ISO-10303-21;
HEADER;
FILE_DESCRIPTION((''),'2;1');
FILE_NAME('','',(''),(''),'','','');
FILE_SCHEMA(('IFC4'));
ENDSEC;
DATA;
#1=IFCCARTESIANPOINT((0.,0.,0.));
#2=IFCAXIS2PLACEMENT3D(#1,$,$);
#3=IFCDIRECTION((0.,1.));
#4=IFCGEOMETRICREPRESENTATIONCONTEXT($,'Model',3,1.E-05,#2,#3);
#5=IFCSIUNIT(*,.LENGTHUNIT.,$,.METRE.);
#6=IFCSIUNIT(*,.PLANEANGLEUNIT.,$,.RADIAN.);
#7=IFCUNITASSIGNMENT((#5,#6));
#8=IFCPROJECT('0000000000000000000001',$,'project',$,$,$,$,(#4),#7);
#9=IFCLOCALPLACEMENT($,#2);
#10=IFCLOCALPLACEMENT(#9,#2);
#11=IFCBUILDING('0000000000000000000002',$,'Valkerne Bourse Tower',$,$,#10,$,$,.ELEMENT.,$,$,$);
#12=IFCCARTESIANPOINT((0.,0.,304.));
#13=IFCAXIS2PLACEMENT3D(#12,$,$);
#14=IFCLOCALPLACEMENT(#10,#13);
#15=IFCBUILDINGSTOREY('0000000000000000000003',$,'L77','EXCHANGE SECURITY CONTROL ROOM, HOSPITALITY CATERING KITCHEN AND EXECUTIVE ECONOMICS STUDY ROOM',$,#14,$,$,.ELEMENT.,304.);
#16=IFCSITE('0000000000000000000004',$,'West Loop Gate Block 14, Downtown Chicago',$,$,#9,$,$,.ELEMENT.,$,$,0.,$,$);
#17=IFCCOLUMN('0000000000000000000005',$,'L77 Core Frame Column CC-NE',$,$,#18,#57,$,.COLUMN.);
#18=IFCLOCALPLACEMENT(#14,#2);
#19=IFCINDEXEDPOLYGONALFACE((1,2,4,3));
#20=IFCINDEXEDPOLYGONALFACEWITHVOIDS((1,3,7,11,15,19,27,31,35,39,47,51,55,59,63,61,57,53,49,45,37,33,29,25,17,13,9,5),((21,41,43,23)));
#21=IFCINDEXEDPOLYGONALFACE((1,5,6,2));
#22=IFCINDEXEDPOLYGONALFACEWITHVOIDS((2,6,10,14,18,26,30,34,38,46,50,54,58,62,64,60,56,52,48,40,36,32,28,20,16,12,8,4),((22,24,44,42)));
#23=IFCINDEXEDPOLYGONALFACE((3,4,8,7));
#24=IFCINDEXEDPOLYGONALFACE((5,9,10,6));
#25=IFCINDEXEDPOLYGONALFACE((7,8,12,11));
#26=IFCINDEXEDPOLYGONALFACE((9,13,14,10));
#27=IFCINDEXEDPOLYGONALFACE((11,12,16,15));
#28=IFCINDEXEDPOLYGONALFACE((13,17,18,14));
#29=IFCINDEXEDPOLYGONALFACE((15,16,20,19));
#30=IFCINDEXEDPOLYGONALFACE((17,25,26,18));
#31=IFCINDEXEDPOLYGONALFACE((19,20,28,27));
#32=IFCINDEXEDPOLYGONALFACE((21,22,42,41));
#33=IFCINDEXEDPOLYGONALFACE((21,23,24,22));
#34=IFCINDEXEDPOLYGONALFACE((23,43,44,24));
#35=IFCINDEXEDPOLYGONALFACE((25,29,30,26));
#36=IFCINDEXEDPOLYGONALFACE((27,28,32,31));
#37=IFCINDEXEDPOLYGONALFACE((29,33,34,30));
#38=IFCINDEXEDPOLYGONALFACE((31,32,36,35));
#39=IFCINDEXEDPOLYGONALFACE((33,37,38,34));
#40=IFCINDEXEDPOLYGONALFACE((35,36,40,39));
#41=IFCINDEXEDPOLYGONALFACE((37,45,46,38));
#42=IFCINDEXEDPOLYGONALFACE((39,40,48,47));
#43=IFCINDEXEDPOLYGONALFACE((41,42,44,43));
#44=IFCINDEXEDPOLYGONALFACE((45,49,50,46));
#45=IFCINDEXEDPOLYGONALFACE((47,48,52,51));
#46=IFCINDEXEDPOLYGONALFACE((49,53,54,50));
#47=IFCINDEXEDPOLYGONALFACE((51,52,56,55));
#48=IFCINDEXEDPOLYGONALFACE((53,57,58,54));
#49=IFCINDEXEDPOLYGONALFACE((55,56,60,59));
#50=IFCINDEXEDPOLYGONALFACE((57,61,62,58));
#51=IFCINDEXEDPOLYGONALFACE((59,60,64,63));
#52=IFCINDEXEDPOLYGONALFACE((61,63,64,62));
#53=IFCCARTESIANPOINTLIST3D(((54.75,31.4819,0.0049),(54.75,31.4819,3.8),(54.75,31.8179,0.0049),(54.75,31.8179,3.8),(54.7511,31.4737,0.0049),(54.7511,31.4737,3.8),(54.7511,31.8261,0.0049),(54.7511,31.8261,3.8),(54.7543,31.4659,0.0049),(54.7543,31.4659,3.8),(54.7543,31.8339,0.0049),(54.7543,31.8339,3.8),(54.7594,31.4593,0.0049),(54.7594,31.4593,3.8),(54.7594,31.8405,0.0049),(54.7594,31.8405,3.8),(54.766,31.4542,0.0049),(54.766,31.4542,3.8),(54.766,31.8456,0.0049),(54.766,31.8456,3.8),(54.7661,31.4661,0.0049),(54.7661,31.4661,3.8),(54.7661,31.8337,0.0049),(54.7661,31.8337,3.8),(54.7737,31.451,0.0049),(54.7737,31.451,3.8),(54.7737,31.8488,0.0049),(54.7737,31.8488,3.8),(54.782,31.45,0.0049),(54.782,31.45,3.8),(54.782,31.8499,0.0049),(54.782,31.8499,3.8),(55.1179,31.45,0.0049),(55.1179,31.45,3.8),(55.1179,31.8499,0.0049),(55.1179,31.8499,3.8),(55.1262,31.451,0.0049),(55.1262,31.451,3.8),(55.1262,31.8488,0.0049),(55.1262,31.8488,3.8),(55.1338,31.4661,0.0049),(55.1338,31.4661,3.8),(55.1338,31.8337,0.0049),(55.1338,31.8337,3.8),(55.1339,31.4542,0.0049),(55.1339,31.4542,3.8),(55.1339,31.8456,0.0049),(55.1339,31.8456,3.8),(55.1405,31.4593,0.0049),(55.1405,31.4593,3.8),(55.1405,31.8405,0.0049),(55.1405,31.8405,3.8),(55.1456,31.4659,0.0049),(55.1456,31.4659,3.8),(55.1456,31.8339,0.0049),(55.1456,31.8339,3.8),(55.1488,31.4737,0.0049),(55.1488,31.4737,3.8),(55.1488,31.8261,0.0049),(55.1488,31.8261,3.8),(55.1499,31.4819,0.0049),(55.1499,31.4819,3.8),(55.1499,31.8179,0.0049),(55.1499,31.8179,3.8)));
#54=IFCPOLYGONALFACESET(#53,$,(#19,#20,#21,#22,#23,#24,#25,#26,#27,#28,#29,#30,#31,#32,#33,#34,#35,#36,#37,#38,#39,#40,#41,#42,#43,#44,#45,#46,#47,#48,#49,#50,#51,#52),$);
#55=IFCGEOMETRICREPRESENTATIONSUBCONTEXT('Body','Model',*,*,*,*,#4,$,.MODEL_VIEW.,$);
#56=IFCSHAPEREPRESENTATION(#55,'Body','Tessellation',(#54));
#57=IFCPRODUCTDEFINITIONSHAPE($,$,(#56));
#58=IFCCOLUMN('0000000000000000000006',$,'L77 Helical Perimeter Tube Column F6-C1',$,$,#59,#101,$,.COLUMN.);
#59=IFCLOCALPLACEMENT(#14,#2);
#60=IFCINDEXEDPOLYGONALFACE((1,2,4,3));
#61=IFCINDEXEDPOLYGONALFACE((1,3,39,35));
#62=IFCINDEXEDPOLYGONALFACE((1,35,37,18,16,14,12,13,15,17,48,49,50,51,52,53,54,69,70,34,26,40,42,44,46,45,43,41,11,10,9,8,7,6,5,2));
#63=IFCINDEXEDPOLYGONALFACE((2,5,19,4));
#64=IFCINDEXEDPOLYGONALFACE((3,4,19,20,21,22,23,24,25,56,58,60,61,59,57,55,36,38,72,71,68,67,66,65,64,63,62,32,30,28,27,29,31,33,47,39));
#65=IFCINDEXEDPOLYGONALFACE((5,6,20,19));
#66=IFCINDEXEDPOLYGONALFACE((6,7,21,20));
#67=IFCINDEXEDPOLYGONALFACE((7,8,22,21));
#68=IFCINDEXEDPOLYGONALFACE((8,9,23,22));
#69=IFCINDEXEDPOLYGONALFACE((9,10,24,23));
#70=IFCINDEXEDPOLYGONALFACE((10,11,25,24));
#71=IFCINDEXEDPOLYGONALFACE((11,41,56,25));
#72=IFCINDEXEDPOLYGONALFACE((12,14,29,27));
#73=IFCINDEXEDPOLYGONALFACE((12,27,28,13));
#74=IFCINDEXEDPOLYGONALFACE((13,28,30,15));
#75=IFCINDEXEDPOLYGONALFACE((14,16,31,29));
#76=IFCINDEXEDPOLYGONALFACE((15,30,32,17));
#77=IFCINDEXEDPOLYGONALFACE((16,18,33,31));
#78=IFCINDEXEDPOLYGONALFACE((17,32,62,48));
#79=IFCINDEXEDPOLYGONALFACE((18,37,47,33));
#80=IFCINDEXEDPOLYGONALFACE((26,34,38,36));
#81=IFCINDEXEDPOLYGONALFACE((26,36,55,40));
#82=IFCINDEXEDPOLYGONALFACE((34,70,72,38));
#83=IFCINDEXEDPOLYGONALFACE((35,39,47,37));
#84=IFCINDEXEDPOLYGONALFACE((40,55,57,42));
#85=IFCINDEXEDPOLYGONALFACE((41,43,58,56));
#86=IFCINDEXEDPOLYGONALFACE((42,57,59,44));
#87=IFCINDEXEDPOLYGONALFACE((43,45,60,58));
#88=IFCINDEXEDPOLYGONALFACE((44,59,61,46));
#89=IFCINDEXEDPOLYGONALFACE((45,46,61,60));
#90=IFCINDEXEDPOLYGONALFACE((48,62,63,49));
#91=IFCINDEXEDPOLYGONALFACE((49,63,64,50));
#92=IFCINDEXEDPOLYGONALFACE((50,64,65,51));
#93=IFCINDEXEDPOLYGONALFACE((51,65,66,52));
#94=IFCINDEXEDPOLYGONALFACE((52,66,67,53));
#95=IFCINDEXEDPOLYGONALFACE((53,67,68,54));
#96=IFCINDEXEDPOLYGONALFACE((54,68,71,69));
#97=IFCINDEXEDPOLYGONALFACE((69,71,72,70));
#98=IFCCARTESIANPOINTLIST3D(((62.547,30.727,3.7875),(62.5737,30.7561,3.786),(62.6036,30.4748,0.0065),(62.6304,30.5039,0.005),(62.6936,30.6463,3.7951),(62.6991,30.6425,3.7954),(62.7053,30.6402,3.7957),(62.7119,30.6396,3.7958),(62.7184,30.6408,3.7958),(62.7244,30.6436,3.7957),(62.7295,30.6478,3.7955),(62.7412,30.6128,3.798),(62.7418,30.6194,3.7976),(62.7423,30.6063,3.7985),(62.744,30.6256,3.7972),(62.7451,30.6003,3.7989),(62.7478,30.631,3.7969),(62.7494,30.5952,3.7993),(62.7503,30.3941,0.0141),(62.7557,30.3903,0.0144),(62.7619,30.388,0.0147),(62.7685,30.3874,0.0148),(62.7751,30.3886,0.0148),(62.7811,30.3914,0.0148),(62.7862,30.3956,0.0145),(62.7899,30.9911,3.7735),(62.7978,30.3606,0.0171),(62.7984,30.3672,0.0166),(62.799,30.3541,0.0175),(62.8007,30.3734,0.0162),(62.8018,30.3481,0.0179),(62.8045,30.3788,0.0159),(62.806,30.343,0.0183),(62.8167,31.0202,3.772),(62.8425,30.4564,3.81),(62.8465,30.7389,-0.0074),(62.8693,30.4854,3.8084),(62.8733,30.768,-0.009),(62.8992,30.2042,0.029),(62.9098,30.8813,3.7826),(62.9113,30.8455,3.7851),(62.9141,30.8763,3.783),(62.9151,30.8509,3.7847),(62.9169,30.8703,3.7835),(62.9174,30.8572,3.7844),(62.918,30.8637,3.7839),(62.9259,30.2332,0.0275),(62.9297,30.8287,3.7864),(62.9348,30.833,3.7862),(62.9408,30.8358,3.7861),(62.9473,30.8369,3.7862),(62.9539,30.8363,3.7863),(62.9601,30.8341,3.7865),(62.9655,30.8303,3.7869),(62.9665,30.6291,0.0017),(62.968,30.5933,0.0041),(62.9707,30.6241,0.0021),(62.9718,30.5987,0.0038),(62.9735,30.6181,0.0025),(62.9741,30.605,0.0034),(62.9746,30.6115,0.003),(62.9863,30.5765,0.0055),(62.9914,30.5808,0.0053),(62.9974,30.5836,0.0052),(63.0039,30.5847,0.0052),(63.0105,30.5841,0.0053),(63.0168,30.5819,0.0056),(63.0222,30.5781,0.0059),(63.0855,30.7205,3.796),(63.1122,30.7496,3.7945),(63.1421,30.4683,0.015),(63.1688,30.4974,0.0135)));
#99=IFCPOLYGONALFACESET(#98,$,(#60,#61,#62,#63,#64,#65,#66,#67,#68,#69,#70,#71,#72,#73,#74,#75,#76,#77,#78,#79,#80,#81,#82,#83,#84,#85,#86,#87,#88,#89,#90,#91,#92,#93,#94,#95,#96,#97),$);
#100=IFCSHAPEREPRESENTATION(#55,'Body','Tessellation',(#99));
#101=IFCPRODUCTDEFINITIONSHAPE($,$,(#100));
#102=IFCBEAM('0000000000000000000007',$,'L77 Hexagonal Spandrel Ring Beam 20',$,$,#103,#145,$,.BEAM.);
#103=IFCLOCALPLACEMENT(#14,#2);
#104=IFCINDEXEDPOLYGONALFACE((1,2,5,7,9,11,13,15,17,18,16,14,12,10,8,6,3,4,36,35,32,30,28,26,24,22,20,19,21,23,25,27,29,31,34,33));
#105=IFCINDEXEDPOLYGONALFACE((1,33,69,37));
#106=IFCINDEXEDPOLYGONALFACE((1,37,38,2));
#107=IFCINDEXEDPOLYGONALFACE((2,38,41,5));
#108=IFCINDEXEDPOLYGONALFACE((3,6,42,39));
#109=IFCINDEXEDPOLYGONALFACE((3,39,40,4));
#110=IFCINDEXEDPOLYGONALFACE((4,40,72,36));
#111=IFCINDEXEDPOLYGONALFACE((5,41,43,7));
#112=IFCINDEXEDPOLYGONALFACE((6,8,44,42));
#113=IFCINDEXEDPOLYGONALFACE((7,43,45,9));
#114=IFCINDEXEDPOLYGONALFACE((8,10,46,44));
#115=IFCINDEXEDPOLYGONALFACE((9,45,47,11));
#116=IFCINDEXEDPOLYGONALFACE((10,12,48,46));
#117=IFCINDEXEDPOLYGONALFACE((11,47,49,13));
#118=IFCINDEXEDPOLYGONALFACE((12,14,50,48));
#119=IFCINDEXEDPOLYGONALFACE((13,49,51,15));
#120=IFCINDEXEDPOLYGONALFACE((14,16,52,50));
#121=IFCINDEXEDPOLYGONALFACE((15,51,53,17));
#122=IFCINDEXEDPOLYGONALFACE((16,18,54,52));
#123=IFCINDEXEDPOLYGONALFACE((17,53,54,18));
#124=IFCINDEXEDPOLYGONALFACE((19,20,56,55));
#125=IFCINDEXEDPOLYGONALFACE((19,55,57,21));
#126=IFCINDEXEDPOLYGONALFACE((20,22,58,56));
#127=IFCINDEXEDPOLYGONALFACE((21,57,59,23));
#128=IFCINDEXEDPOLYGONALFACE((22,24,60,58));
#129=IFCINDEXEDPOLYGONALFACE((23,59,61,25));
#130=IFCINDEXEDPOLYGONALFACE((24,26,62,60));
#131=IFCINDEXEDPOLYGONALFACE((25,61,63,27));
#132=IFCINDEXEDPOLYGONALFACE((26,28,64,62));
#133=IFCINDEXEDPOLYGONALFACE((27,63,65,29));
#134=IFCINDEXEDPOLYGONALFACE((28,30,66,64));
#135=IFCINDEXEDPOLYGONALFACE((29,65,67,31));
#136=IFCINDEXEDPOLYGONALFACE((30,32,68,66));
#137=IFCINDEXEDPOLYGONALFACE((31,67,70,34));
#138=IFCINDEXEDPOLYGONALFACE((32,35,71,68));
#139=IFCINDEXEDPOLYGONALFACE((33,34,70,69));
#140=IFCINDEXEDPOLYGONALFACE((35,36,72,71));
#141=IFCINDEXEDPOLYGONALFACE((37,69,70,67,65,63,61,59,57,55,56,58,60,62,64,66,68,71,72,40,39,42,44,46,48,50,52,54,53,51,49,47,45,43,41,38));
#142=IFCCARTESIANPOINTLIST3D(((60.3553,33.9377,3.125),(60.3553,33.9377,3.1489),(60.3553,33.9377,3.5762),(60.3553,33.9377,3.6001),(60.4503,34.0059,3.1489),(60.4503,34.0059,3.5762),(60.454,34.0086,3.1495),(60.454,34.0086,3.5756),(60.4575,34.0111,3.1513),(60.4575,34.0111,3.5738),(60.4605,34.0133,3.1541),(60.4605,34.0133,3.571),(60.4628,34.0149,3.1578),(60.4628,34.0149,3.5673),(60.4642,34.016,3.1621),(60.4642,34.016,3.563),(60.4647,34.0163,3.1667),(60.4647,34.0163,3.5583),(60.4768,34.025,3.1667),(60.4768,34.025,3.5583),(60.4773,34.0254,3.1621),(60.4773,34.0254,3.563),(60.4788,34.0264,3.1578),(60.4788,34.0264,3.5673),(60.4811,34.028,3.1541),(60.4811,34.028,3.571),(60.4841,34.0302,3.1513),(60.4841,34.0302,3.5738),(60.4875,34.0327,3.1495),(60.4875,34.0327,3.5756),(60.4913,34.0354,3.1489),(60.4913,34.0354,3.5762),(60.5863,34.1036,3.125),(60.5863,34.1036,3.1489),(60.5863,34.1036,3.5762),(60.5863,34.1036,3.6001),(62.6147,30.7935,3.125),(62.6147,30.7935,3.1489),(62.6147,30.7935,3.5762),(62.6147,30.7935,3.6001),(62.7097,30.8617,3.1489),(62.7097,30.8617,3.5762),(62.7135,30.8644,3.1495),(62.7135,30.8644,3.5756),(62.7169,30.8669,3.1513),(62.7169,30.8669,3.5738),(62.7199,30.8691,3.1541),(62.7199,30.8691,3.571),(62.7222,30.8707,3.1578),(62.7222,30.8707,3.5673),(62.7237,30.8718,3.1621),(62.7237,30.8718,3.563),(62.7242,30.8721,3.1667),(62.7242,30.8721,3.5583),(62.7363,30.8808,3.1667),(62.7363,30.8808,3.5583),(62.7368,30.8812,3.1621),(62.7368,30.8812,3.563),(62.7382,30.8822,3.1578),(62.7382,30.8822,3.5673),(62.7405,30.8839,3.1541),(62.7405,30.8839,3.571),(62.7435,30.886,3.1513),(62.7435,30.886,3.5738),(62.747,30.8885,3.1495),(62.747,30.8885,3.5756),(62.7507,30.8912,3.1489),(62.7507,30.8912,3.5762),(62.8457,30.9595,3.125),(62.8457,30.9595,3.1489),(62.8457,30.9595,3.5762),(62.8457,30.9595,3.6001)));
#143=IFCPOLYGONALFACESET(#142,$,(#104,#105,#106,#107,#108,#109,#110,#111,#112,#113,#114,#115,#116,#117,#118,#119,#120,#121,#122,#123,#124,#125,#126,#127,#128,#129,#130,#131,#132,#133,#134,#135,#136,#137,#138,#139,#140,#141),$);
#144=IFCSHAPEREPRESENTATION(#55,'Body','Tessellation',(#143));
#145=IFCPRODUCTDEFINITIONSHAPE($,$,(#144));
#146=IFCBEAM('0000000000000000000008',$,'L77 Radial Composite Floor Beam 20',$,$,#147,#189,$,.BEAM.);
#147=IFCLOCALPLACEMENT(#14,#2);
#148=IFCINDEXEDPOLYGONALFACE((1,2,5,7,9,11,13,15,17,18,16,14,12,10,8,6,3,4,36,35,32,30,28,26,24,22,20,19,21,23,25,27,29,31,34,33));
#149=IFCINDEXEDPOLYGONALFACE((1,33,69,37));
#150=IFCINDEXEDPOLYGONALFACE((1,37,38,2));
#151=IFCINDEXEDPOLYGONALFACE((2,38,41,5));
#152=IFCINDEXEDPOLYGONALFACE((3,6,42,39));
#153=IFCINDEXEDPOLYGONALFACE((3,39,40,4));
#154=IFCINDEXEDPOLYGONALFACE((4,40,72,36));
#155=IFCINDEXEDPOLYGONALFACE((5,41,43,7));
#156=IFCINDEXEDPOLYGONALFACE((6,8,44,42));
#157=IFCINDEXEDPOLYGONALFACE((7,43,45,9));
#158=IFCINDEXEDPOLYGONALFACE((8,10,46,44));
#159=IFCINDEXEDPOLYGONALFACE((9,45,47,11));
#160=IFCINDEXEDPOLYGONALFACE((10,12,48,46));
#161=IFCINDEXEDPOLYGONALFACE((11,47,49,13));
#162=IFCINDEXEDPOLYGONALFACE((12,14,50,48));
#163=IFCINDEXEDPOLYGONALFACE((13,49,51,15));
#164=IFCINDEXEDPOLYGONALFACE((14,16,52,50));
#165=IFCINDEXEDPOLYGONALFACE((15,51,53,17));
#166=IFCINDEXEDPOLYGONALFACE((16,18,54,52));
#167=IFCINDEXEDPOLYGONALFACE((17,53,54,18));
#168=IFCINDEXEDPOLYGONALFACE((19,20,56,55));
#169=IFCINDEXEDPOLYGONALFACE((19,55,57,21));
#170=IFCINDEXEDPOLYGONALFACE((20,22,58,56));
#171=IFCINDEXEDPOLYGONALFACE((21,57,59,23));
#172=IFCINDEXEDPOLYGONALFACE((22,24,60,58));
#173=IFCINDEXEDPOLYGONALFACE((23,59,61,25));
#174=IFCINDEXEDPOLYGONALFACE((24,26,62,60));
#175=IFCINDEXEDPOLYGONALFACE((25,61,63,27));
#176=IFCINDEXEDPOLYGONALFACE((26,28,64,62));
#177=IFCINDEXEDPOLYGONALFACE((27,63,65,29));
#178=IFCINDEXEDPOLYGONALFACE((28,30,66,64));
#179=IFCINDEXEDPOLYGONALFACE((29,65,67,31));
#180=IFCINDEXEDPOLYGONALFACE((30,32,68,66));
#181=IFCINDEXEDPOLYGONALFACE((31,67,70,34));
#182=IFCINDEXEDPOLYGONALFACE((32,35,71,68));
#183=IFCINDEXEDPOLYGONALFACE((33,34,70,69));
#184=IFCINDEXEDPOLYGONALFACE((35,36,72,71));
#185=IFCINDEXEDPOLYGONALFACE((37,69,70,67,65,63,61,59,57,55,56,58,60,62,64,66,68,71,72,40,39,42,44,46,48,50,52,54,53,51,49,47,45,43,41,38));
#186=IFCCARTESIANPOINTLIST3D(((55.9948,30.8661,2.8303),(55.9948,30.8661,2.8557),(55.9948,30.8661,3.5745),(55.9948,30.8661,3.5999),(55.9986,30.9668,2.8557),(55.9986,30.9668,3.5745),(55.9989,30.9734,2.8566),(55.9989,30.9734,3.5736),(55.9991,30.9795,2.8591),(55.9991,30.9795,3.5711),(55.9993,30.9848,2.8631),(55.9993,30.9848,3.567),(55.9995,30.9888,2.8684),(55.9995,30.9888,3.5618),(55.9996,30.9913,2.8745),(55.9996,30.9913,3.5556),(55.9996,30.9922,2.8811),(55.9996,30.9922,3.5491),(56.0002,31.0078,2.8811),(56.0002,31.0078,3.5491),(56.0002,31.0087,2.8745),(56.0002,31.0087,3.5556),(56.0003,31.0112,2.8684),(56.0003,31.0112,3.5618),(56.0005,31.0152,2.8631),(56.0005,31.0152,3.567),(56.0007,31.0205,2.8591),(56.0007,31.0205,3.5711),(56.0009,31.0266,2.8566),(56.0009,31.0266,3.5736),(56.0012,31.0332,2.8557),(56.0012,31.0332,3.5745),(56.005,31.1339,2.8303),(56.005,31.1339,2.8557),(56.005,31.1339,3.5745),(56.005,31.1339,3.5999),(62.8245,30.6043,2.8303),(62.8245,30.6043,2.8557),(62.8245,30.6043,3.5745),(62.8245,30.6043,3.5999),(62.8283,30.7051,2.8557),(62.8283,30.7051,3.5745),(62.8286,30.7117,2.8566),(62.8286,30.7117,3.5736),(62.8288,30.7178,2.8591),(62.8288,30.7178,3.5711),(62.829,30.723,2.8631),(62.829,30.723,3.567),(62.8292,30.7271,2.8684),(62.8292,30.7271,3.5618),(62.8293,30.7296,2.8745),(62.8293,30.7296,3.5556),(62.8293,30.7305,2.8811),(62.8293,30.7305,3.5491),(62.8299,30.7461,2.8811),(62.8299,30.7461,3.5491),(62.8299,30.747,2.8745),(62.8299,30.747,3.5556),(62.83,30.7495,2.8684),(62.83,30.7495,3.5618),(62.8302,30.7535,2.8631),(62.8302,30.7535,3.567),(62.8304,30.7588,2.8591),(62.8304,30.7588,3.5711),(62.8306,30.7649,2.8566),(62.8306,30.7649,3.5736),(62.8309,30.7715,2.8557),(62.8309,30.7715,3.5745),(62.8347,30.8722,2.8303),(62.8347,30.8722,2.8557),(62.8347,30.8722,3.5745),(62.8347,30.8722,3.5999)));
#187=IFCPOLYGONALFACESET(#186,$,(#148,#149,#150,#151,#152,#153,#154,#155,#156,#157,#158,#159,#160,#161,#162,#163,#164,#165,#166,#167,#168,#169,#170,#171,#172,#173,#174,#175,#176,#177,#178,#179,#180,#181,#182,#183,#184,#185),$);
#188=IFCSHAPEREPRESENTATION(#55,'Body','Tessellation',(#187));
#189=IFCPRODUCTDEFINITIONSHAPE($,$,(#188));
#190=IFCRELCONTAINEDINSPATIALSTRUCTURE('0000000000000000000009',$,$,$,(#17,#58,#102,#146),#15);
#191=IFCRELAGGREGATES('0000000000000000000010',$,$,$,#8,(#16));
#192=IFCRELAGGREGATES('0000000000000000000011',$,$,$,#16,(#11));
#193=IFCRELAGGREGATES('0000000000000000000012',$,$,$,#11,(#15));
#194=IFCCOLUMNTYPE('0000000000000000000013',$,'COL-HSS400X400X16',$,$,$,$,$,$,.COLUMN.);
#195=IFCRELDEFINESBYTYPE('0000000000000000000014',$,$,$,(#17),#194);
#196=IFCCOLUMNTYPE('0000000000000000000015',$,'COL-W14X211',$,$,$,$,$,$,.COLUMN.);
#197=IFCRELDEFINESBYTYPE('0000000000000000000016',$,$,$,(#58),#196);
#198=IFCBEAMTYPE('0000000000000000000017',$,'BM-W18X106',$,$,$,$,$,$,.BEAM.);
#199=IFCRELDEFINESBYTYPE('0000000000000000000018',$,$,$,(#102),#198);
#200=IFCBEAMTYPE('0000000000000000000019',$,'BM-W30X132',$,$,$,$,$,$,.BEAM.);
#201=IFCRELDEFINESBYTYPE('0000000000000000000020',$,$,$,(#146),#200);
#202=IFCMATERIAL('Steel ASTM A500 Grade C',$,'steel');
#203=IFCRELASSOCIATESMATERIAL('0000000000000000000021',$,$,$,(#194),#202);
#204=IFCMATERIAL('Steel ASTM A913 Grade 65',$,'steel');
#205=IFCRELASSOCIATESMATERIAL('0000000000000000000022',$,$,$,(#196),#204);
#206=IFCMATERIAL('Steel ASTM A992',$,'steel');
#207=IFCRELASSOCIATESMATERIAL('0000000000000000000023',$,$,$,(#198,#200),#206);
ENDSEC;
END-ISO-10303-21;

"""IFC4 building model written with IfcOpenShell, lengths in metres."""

from ifc_helpers import new_model, si_unit, direction, frame, origin, origin_2d, place, context, subcontext, project, spatial, hollow_rectangle, i_section, extrude, material, material_profile, profile_set, type_object, element, save


model = new_model("IFC4")

# Units and contexts
model_context = context("Model", 3, precision=1e-05, world=origin(), true_north=direction((0.0, 1.0)))
body_context = subcontext(model_context, "Body", "Model", "MODEL_VIEW")
ifc_project = project(units=[si_unit("LENGTHUNIT", "METRE"), si_unit("PLANEANGLEUNIT", "RADIAN")], contexts=[model_context])

# Site, building, storey
site_placement = place(None, origin())
site = spatial("IfcSite", under=ifc_project, at=site_placement, Name="West Loop Gate Block 14, Downtown Chicago", CompositionType="ELEMENT", RefElevation=0.0)
building_placement = place(site_placement, origin())
building = spatial("IfcBuilding", under=site, at=building_placement, Name="Valkerne Bourse Tower", CompositionType="ELEMENT")
storey_placement = place(building_placement, frame((0.0, 0.0, 304.0)))
storey = spatial("IfcBuildingStorey", under=building, at=storey_placement, Name="L77", Description="EXCHANGE SECURITY CONTROL ROOM, HOSPITALITY CATERING KITCHEN AND EXECUTIVE ECONOMICS STUDY ROOM", CompositionType="ELEMENT", Elevation=304.0)

# Columns
ifc_material_1 = material(Name="Steel ASTM A500 Grade C", Category="steel")
ifc_material_profile_1 = material_profile(ifc_material_1, hollow_rectangle(XDim=0.3999, YDim=0.3999, WallThickness=0.0161, OuterFilletRadius=0.032, at=origin_2d()), Name="HSS400X400X16")
ifc_profile_set_1 = profile_set([ifc_material_profile_1], Name="Steel ASTM A500 Grade C")
column_type_1 = type_object("IfcColumnType", Name="COL-HSS400X400X16", PredefinedType="COLUMN", material=ifc_profile_set_1)
column_1_placement = place(storey_placement, frame((54.95, 31.6499, 0.0049), z_axis=(0.0, 0.0, 1.0), x_axis=(1.0, 0.0, 0.0)))
element("IfcColumn", 1, at=column_1_placement, inside=storey, type_object=column_type_1, Name="L77 Core Frame Column CC-NE", PredefinedType="COLUMN", context=body_context, shape_type="SweptSolid", body=[
    extrude(hollow_rectangle(XDim=0.3999, YDim=0.3999, WallThickness=0.0161, OuterFilletRadius=0.032, at=origin_2d()), origin(), (0.0, 0.0, 1.0), 3.7952),
])
ifc_material_2 = material(Name="Steel ASTM A913 Grade 65", Category="steel")
ifc_material_profile_2 = material_profile(ifc_material_2, i_section(OverallWidth=0.4014, OverallDepth=0.3987, WebThickness=0.0249, FlangeThickness=0.0396, FilletRadius=0.0254, at=origin_2d()), Name="W14X211")
ifc_profile_set_2 = profile_set([ifc_material_profile_2], Name="Steel ASTM A913 Grade 65")
column_type_2 = type_object("IfcColumnType", Name="COL-W14X211", PredefinedType="COLUMN", material=ifc_profile_set_2)
column_2_placement = place(storey_placement, frame((62.8862, 30.4861, 0.01), z_axis=(-0.014945, 0.066546, 0.997671), x_axis=(0.736362, -0.674266, 0.056005)))
element("IfcColumn", 2, at=column_2_placement, inside=storey, type_object=column_type_2, Name="L77 Helical Perimeter Tube Column F6-C1", PredefinedType="COLUMN", context=body_context, shape_type="SweptSolid", body=[
    extrude(i_section(OverallWidth=0.4014, OverallDepth=0.3987, WebThickness=0.0249, FlangeThickness=0.0396, FilletRadius=0.0254, at=origin_2d()), origin(), (0.0, 0.0, 1.0), 3.7898),
])

# Beams
ifc_material_3 = material(Name="Steel ASTM A992", Category="steel")
ifc_material_profile_3 = material_profile(ifc_material_3, i_section(OverallWidth=0.2844, OverallDepth=0.4751, WebThickness=0.0149, FlangeThickness=0.0239, FilletRadius=0.0178, at=origin_2d()), Name="W18X106")
ifc_profile_set_3 = profile_set([ifc_material_profile_3], Name="Steel ASTM A992")
beam_type_1 = type_object("IfcBeamType", Name="BM-W18X106", PredefinedType="BEAM", material=ifc_profile_set_3)
beam_1_placement = place(storey_placement, frame((62.7302, 30.8765, 3.3625), z_axis=(-0.583562, 0.812069, 0.0), x_axis=(-0.812069, -0.583562, 0.0)))
element("IfcBeam", 3, at=beam_1_placement, inside=storey, type_object=beam_type_1, Name="L77 Hexagonal Spandrel Ring Beam 20", PredefinedType="BEAM", context=body_context, shape_type="SweptSolid", body=[
    extrude(i_section(OverallWidth=0.2844, OverallDepth=0.4751, WebThickness=0.0149, FlangeThickness=0.0239, FilletRadius=0.0178, at=origin_2d()), origin(), (0.0, 0.0, 1.0), 3.8718),
])
ifc_material_profile_4 = material_profile(ifc_material_3, i_section(OverallWidth=0.2681, OverallDepth=0.7695, WebThickness=0.0156, FlangeThickness=0.0254, FilletRadius=0.0254, at=origin_2d()), Name="W30X132")
ifc_profile_set_4 = profile_set([ifc_material_profile_4], Name="Steel ASTM A992")
beam_type_2 = type_object("IfcBeamType", Name="BM-W30X132", PredefinedType="BEAM", material=ifc_profile_set_4)
beam_2_placement = place(storey_placement, frame((62.8296, 30.7383, 3.2151), z_axis=(-0.999267, 0.038293, 0.0), x_axis=(-0.038293, -0.999267, 0.0)))
element("IfcBeam", 4, at=beam_2_placement, inside=storey, type_object=beam_type_2, Name="L77 Radial Composite Floor Beam 20", PredefinedType="BEAM", context=body_context, shape_type="SweptSolid", body=[
    extrude(i_section(OverallWidth=0.2681, OverallDepth=0.7695, WebThickness=0.0156, FlangeThickness=0.0254, FilletRadius=0.0254, at=origin_2d()), origin(), (0.0, 0.0, 1.0), 6.8347),
])

save(model, "model.ifc")
